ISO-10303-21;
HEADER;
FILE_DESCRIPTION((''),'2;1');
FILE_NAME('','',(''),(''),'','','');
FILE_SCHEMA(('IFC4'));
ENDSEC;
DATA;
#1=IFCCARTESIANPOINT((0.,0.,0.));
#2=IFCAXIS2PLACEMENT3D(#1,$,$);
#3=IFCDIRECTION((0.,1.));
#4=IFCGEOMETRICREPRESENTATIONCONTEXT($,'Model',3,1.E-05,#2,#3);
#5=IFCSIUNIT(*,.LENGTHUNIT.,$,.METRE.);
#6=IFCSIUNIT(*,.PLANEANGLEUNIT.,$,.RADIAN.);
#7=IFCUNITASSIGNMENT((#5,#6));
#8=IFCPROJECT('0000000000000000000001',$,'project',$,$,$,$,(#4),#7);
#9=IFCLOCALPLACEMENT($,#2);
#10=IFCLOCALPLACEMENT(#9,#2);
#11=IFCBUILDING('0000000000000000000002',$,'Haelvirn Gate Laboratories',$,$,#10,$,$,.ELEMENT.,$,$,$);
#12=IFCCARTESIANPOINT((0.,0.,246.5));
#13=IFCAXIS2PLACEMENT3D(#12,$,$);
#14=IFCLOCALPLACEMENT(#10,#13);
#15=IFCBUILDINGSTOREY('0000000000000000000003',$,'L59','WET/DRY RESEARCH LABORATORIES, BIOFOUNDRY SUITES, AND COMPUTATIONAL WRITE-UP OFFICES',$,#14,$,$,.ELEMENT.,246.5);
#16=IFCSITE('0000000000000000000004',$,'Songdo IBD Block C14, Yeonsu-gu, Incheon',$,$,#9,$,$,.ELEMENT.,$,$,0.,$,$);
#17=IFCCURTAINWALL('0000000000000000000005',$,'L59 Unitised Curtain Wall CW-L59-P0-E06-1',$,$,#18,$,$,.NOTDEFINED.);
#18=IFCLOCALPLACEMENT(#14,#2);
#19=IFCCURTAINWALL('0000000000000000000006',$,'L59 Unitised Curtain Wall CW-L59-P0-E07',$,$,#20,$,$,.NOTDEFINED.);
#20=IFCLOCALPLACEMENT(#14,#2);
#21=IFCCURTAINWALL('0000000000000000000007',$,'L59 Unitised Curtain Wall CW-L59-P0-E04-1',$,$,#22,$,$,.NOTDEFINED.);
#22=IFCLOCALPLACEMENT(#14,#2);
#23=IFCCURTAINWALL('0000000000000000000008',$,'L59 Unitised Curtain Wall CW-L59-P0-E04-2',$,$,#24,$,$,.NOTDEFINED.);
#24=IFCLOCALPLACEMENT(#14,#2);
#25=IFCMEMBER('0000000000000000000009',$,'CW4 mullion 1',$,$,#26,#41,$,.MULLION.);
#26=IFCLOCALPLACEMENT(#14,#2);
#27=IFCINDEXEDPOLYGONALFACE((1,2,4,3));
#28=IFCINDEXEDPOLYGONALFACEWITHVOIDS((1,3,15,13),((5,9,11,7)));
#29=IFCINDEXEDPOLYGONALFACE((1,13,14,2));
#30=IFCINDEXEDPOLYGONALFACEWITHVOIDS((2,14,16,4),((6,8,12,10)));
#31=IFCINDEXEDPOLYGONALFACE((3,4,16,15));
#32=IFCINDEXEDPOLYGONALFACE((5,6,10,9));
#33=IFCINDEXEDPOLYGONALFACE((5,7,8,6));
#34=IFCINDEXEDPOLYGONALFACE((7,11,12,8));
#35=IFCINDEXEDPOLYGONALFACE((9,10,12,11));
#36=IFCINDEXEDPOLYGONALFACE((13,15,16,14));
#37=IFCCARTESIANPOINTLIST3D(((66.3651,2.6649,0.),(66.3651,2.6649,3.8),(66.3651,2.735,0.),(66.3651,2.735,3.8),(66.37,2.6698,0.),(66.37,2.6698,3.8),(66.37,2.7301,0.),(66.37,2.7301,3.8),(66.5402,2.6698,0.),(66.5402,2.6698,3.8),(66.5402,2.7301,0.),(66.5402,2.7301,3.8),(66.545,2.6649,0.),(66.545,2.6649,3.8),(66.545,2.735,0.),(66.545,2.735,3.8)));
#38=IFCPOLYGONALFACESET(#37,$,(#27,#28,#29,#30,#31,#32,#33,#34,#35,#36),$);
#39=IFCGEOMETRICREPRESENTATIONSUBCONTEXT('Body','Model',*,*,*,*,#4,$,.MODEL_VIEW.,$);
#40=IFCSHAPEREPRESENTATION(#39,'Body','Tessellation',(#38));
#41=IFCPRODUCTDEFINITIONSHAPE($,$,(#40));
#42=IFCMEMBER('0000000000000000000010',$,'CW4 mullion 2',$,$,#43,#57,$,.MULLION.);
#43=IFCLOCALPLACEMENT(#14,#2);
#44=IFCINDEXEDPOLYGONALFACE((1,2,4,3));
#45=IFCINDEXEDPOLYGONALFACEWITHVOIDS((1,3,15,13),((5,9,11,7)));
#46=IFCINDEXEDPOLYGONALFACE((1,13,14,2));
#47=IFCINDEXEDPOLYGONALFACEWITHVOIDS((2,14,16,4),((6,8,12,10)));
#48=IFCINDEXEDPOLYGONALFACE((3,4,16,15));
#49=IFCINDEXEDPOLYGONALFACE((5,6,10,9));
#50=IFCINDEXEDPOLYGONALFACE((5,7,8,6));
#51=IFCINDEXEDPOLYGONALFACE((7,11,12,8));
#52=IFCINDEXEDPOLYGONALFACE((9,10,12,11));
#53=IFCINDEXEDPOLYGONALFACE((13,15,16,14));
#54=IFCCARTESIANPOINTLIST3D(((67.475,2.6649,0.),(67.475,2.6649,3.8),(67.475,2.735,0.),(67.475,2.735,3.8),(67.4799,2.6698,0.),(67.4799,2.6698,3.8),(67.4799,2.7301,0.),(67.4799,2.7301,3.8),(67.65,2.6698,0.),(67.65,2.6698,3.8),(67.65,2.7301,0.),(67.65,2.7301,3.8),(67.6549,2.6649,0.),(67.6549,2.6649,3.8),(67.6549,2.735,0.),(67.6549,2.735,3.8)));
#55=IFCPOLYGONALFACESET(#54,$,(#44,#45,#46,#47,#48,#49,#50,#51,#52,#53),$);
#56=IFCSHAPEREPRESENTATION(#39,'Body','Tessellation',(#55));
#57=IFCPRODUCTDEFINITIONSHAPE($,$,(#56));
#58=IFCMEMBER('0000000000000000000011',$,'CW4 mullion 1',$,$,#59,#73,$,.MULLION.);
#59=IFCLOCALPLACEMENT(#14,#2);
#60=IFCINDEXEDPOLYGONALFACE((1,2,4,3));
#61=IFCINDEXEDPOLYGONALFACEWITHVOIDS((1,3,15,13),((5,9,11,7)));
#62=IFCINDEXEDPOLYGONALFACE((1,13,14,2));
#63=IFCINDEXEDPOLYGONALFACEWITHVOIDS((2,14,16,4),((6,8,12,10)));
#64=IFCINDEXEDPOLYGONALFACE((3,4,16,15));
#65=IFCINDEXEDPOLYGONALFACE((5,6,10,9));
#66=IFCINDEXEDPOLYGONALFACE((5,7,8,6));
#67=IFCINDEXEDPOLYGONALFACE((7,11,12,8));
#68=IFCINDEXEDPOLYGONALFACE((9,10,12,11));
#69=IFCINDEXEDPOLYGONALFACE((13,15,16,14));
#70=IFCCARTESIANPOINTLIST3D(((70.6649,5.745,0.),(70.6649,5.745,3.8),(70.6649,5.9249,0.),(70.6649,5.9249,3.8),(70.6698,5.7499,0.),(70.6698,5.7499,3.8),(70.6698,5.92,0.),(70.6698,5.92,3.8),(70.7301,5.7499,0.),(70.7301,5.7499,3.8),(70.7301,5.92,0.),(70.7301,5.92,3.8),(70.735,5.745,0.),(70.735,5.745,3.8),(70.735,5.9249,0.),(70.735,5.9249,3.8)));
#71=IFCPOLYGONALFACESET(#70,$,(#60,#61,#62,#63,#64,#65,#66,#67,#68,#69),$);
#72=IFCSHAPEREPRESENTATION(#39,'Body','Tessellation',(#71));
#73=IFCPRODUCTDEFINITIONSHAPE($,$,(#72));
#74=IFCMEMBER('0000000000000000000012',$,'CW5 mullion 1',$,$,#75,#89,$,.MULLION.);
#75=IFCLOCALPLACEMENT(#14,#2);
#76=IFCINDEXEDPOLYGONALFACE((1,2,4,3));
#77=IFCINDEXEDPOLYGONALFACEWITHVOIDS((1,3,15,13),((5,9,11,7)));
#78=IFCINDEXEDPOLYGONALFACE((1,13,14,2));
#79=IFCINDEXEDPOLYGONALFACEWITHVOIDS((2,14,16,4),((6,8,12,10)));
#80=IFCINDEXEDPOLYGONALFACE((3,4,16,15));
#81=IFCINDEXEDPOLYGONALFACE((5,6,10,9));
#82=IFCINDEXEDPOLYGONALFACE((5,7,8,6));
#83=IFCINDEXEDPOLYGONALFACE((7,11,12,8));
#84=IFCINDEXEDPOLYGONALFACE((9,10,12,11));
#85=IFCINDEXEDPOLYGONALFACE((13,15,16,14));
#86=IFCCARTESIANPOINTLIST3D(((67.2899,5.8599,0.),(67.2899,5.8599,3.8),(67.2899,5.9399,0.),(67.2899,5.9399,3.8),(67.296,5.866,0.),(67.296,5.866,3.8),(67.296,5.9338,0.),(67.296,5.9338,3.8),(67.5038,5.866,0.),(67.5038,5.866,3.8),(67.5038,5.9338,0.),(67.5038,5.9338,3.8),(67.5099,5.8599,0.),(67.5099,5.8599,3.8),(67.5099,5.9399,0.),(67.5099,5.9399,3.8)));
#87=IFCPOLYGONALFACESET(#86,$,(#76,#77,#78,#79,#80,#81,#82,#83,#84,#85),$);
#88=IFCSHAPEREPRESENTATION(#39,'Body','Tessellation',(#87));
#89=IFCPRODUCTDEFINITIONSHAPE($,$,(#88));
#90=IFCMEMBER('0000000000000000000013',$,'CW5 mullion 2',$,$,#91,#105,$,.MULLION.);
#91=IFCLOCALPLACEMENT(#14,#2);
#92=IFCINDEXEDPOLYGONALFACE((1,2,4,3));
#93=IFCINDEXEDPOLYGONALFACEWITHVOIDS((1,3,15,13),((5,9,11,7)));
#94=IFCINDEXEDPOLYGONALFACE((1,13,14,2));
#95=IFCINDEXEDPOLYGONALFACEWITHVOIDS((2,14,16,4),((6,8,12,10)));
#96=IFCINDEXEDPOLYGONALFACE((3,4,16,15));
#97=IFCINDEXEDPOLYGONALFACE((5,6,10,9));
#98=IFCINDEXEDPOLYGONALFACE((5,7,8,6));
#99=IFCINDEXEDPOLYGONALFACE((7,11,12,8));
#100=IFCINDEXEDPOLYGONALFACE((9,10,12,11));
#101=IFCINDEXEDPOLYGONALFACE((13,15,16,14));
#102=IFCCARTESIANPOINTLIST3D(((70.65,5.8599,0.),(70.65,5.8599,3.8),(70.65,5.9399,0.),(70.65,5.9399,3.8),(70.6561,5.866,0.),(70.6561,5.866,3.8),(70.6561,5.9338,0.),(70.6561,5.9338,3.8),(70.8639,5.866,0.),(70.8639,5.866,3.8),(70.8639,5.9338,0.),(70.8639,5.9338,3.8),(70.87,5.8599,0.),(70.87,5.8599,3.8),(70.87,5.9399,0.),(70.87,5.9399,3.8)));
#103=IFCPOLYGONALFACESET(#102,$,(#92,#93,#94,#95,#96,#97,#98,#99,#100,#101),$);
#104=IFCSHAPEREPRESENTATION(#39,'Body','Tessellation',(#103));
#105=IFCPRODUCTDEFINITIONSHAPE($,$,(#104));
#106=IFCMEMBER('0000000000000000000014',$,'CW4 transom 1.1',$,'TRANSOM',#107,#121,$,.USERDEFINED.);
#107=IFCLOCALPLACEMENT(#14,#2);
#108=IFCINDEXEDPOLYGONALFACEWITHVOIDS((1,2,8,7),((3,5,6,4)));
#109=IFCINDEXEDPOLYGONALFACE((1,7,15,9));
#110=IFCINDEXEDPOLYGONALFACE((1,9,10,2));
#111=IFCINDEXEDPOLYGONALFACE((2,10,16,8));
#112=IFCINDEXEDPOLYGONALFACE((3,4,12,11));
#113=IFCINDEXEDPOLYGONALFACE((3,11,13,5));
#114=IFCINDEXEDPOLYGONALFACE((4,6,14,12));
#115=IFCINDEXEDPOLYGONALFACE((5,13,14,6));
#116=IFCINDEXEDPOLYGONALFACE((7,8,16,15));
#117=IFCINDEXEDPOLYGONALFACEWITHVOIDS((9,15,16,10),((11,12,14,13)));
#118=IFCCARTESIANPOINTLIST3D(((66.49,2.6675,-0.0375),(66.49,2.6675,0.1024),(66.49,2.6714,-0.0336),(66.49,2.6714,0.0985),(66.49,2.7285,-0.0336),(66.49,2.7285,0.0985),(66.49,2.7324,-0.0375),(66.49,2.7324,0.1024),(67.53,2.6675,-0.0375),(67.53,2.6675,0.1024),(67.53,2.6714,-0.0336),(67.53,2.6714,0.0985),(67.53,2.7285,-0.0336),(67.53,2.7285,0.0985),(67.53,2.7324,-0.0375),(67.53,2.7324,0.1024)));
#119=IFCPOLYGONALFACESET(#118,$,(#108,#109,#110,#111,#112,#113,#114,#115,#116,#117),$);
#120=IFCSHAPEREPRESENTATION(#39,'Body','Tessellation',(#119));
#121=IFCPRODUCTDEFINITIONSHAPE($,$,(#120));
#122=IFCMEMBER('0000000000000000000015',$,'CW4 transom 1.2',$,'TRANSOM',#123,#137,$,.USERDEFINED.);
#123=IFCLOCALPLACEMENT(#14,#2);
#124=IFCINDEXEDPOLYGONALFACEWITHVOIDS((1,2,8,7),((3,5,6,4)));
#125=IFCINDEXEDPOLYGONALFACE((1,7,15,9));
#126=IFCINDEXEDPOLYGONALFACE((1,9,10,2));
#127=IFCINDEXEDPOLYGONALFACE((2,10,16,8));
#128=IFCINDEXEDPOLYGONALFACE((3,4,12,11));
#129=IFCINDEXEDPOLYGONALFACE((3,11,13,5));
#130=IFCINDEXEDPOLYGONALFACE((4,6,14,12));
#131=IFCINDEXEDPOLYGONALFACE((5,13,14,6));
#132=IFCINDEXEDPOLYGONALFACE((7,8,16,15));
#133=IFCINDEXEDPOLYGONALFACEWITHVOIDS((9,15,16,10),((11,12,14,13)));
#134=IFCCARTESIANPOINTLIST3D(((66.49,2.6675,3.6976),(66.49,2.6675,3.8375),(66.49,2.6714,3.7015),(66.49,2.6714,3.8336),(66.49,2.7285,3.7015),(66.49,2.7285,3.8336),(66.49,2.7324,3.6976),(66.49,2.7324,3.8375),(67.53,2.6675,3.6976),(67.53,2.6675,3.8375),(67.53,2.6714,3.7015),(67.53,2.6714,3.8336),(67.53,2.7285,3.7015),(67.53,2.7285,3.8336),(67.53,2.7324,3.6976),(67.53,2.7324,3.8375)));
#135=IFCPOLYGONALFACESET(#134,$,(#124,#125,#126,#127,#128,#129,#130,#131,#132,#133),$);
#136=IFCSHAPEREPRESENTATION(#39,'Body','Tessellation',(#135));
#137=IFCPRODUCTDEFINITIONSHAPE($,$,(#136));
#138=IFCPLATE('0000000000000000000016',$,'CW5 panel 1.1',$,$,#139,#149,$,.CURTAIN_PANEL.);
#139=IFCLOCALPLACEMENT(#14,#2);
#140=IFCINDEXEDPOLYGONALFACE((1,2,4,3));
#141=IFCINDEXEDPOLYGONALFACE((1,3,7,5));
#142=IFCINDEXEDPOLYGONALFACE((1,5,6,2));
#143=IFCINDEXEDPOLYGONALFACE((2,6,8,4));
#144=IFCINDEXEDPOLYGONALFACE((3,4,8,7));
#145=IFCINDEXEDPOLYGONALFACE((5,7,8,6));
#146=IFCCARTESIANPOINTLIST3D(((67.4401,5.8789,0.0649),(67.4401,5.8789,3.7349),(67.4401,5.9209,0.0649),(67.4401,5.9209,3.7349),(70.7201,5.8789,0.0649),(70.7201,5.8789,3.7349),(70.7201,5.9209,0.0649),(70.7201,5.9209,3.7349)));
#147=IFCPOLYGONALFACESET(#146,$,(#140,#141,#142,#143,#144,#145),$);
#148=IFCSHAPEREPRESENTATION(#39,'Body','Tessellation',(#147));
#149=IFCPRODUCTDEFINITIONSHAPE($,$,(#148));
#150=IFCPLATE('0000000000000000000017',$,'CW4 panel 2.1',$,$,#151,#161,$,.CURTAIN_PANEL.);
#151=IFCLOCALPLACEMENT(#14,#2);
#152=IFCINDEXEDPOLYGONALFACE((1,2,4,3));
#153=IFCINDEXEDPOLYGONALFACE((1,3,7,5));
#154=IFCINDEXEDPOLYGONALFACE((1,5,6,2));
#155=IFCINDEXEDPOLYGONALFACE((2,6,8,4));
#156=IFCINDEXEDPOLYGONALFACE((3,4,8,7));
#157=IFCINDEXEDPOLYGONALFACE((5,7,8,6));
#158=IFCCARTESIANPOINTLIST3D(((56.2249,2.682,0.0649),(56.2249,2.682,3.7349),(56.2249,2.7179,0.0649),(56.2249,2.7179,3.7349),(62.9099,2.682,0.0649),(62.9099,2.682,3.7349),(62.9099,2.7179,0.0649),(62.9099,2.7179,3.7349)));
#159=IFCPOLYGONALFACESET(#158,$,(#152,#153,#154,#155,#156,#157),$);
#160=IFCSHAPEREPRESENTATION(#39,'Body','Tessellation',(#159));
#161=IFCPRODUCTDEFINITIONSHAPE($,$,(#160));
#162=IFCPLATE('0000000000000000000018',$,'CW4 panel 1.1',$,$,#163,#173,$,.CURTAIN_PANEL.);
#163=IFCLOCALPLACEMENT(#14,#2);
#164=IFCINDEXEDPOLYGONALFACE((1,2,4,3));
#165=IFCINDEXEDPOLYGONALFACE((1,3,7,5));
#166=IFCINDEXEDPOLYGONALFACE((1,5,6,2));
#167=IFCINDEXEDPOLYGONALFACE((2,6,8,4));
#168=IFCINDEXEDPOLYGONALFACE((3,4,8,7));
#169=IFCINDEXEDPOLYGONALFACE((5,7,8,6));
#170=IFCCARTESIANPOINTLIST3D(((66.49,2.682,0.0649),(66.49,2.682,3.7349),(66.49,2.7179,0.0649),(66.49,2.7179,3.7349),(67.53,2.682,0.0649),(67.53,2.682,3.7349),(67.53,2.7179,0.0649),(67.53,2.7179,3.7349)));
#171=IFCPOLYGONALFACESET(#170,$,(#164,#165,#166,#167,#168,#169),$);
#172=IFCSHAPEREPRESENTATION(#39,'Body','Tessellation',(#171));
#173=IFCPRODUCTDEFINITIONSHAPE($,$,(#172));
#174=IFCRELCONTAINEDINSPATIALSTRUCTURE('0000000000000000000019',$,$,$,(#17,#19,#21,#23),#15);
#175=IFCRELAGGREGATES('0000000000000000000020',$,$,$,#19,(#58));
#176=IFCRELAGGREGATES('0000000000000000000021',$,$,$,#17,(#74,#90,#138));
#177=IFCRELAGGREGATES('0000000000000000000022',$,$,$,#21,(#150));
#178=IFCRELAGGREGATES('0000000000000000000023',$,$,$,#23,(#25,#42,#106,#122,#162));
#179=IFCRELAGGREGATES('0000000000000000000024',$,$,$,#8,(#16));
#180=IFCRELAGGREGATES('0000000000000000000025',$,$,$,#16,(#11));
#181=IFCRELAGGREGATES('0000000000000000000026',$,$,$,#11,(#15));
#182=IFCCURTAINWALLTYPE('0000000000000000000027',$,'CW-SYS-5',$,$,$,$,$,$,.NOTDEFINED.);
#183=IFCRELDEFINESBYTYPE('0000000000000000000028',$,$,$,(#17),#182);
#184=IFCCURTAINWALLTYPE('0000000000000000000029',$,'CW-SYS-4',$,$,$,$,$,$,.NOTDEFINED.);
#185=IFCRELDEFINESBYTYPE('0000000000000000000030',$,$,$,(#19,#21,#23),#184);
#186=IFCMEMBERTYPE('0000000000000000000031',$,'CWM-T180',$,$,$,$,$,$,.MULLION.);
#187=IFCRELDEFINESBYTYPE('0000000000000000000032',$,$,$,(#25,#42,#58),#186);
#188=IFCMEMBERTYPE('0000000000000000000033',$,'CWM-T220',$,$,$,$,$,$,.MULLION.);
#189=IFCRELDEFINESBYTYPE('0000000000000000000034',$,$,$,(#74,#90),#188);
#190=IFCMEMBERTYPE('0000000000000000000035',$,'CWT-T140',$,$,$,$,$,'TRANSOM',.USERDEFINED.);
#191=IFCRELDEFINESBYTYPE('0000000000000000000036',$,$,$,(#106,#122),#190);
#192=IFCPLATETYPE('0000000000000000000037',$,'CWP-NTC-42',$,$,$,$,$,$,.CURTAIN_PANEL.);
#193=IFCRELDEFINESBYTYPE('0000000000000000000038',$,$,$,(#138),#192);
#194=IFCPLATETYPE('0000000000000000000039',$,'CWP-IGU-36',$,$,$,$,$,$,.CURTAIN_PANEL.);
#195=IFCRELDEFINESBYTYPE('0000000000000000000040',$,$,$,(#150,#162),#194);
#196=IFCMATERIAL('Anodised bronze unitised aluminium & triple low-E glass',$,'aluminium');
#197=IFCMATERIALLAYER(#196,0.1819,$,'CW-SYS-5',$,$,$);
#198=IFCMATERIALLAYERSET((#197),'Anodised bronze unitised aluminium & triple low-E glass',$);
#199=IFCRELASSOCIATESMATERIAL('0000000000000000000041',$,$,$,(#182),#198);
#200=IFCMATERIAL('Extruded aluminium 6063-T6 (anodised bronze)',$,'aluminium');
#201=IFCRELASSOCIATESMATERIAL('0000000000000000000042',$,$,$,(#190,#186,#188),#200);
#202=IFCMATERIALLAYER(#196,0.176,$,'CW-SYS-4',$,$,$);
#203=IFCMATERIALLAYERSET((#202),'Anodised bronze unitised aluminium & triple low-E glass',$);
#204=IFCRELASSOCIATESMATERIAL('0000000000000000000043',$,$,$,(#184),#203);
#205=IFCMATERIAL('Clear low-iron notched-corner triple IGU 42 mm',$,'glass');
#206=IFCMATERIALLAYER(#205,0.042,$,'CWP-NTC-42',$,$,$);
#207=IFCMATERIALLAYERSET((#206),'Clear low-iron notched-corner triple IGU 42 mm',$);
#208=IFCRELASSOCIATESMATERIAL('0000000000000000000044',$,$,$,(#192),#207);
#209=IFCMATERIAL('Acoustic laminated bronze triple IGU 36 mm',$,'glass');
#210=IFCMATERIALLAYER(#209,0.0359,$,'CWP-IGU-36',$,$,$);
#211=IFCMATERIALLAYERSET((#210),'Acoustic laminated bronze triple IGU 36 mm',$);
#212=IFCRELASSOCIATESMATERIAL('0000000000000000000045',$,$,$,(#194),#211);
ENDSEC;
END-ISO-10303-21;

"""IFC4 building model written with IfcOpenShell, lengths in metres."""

from ifc_helpers import new_model, si_unit, direction, frame, origin, origin_2d, place, context, subcontext, project, spatial, rectangle, hollow_rectangle, extrude, source, transform, mapped, material, layer, layer_set, material_profile, profile_set, type_object, type_shapes, element, aggregate, save


model = new_model("IFC4")

# Units and contexts
model_context = context("Model", 3, precision=1e-05, world=origin(), true_north=direction((0.0, 1.0)))
body_context = subcontext(model_context, "Body", "Model", "MODEL_VIEW")
ifc_project = project(units=[si_unit("LENGTHUNIT", "METRE"), si_unit("PLANEANGLEUNIT", "RADIAN")], contexts=[model_context])

# Site, building, storey
site_placement = place(None, origin())
site = spatial("IfcSite", under=ifc_project, at=site_placement, Name="Songdo IBD Block C14, Yeonsu-gu, Incheon", CompositionType="ELEMENT", RefElevation=0.0)
building_placement = place(site_placement, origin())
building = spatial("IfcBuilding", under=site, at=building_placement, Name="Haelvirn Gate Laboratories", CompositionType="ELEMENT")
storey_placement = place(building_placement, frame((0.0, 0.0, 246.5)))
storey = spatial("IfcBuildingStorey", under=building, at=storey_placement, Name="L59", Description="WET/DRY RESEARCH LABORATORIES, BIOFOUNDRY SUITES, AND COMPUTATIONAL WRITE-UP OFFICES", CompositionType="ELEMENT", Elevation=246.5)

# Curtain walls
ifc_material_1 = material(Name="Anodised bronze unitised aluminium & triple low-E glass", Category="aluminium")
ifc_layer_1 = layer(ifc_material_1, 0.1819, Name="CW-SYS-5")
ifc_layer_set_1 = layer_set([ifc_layer_1], Name="Anodised bronze unitised aluminium & triple low-E glass")
curtain_wall_type_1 = type_object("IfcCurtainWallType", Name="CW-SYS-5", PredefinedType="NOTDEFINED", material=ifc_layer_set_1)
curtain_wall_1_placement = place(storey_placement, origin())
curtain_wall_1 = element("IfcCurtainWall", 1, at=curtain_wall_1_placement, inside=storey, type_object=curtain_wall_type_1, Name="L59 Unitised Curtain Wall CW-L59-P0-E06-1", PredefinedType="NOTDEFINED")
ifc_material_2 = material(Name="Extruded aluminium 6063-T6 (anodised bronze)", Category="aluminium")
ifc_material_profile_1 = material_profile(ifc_material_2, hollow_rectangle(XDim=0.0649, YDim=0.1399, WallThickness=0.0039, at=origin_2d()), Name="CWT-140x65x4")
ifc_profile_set_1 = profile_set([ifc_material_profile_1], Name="Extruded aluminium 6063-T6 (anodised bronze)")
member_type_1 = type_object("IfcMemberType", Name="CWT-T140", ElementType="TRANSOM", PredefinedType="USERDEFINED", material=ifc_profile_set_1)
ifc_layer_2 = layer(ifc_material_1, 0.176, Name="CW-SYS-4")
ifc_layer_set_2 = layer_set([ifc_layer_2], Name="Anodised bronze unitised aluminium & triple low-E glass")
curtain_wall_type_2 = type_object("IfcCurtainWallType", Name="CW-SYS-4", PredefinedType="NOTDEFINED", material=ifc_layer_set_2)
curtain_wall_2_placement = place(storey_placement, origin())
curtain_wall_2 = element("IfcCurtainWall", 2, at=curtain_wall_2_placement, inside=storey, type_object=curtain_wall_type_2, Name="L59 Unitised Curtain Wall CW-L59-P0-E07", PredefinedType="NOTDEFINED")

# Curtain wall
curtain_wall_3_placement = place(storey_placement, origin())
curtain_wall_3 = element("IfcCurtainWall", 3, at=curtain_wall_3_placement, inside=storey, type_object=curtain_wall_type_2, Name="L59 Unitised Curtain Wall CW-L59-P0-E04-1", PredefinedType="NOTDEFINED")
ifc_material_profile_2 = material_profile(ifc_material_2, hollow_rectangle(XDim=0.0701, YDim=0.1799, WallThickness=0.0049, at=origin_2d()), Name="CWM-180x70x5")
ifc_profile_set_2 = profile_set([ifc_material_profile_2], Name="Extruded aluminium 6063-T6 (anodised bronze)")
member_type_2 = type_object("IfcMemberType", Name="CWM-T180", PredefinedType="MULLION", material=ifc_profile_set_2)
shared_shape_1 = source(origin(), body_context, "Body", "SweptSolid", [
    extrude(hollow_rectangle(XDim=0.0701, YDim=0.1799, WallThickness=0.0049, at=origin_2d()), origin(), (0.0, 0.0, 1.0), 3.8),
])
type_shapes(member_type_2, [shared_shape_1])

# Curtain wall, members
curtain_wall_4_placement = place(storey_placement, origin())
curtain_wall_4 = element("IfcCurtainWall", 4, at=curtain_wall_4_placement, inside=storey, type_object=curtain_wall_type_2, Name="L59 Unitised Curtain Wall CW-L59-P0-E04-2", PredefinedType="NOTDEFINED")
member_1_placement = place(storey_placement, frame((66.4551, 2.7, 0.0), z_axis=(0.0, 0.0, 1.0), x_axis=(0.0, 1.0, 0.0)))
member_1 = element("IfcMember", 5, at=member_1_placement, type_object=member_type_2, Name="CW4 mullion 1", PredefinedType="MULLION", context=body_context, shape_type="MappedRepresentation", body=[
    mapped(shared_shape_1, transform((0.0, 0.0, 0.0), scale=1.0)),
])
member_2_placement = place(storey_placement, frame((67.5649, 2.7, 0.0), z_axis=(0.0, 0.0, 1.0), x_axis=(0.0, 1.0, 0.0)))
member_2 = element("IfcMember", 6, at=member_2_placement, type_object=member_type_2, Name="CW4 mullion 2", PredefinedType="MULLION", context=body_context, shape_type="MappedRepresentation", body=[
    mapped(shared_shape_1, transform((0.0, 0.0, 0.0), scale=1.0)),
])

# Members
member_3_placement = place(storey_placement, frame((70.7, 5.835, 0.0), z_axis=(0.0, 0.0, 1.0), x_axis=(-1.0, 0.0, 0.0)))
member_3 = element("IfcMember", 7, at=member_3_placement, type_object=member_type_2, Name="CW4 mullion 1", PredefinedType="MULLION", context=body_context, shape_type="MappedRepresentation", body=[
    mapped(shared_shape_1, transform((0.0, 0.0, 0.0), scale=1.0)),
])
aggregate(curtain_wall_2, [member_3])
ifc_material_profile_3 = material_profile(ifc_material_2, hollow_rectangle(XDim=0.0801, YDim=0.22, WallThickness=0.0061, at=origin_2d()), Name="CWM-220x80x6")
ifc_profile_set_3 = profile_set([ifc_material_profile_3], Name="Extruded aluminium 6063-T6 (anodised bronze)")
member_type_3 = type_object("IfcMemberType", Name="CWM-T220", PredefinedType="MULLION", material=ifc_profile_set_3)
shared_shape_2 = source(origin(), body_context, "Body", "SweptSolid", [
    extrude(hollow_rectangle(XDim=0.0801, YDim=0.22, WallThickness=0.0061, at=origin_2d()), origin(), (0.0, 0.0, 1.0), 3.8),
])
type_shapes(member_type_3, [shared_shape_2])
member_4_placement = place(storey_placement, frame((67.3999, 5.8999, 0.0), z_axis=(0.0, 0.0, 1.0), x_axis=(0.0, 1.0, 0.0)))
member_4 = element("IfcMember", 8, at=member_4_placement, type_object=member_type_3, Name="CW5 mullion 1", PredefinedType="MULLION", context=body_context, shape_type="MappedRepresentation", body=[
    mapped(shared_shape_2, transform((0.0, 0.0, 0.0), scale=1.0)),
])
member_5_placement = place(storey_placement, frame((70.76, 5.8999, 0.0), z_axis=(0.0, 0.0, 1.0), x_axis=(0.0, 1.0, 0.0)))
member_5 = element("IfcMember", 9, at=member_5_placement, type_object=member_type_3, Name="CW5 mullion 2", PredefinedType="MULLION", context=body_context, shape_type="MappedRepresentation", body=[
    mapped(shared_shape_2, transform((0.0, 0.0, 0.0), scale=1.0)),
])
shared_shape_3 = source(origin(), body_context, "Body", "SweptSolid", [
    extrude(hollow_rectangle(XDim=0.0649, YDim=0.1399, WallThickness=0.0039, at=origin_2d()), origin(), (0.0, 0.0, 1.0), 1.04),
])
member_6_placement = place(storey_placement, frame((66.49, 2.7, 0.0325), z_axis=(1.0, 0.0, 0.0), x_axis=(0.0, 1.0, 0.0)))
member_6 = element("IfcMember", 10, at=member_6_placement, type_object=member_type_1, Name="CW4 transom 1.1", ObjectType="TRANSOM", PredefinedType="USERDEFINED", context=body_context, shape_type="MappedRepresentation", body=[
    mapped(shared_shape_3, transform((0.0, 0.0, 0.0), scale=1.0)),
])
member_7_placement = place(storey_placement, frame((66.49, 2.7, 3.7676), z_axis=(1.0, 0.0, 0.0), x_axis=(0.0, 1.0, 0.0)))
member_7 = element("IfcMember", 11, at=member_7_placement, type_object=member_type_1, Name="CW4 transom 1.2", ObjectType="TRANSOM", PredefinedType="USERDEFINED", context=body_context, shape_type="MappedRepresentation", body=[
    mapped(shared_shape_3, transform((0.0, 0.0, 0.0), scale=1.0)),
])

# Plates
ifc_material_3 = material(Name="Clear low-iron notched-corner triple IGU 42 mm", Category="glass")
ifc_layer_3 = layer(ifc_material_3, 0.042, Name="CWP-NTC-42")
ifc_layer_set_3 = layer_set([ifc_layer_3], Name="Clear low-iron notched-corner triple IGU 42 mm")
plate_type_1 = type_object("IfcPlateType", Name="CWP-NTC-42", PredefinedType="CURTAIN_PANEL", material=ifc_layer_set_3)
shared_shape_4 = source(origin(), body_context, "Body", "SweptSolid", [
    extrude(rectangle(XDim=3.28, YDim=0.042, at=origin_2d()), origin(), (0.0, 0.0, 1.0), 3.6699),
])
type_shapes(plate_type_1, [shared_shape_4])
plate_1_placement = place(storey_placement, frame((69.0801, 5.8999, 0.0649), z_axis=(0.0, 0.0, 1.0), x_axis=(1.0, 0.0, 0.0)))
plate_1 = element("IfcPlate", 12, at=plate_1_placement, type_object=plate_type_1, Name="CW5 panel 1.1", PredefinedType="CURTAIN_PANEL", context=body_context, shape_type="MappedRepresentation", body=[
    mapped(shared_shape_4, transform((0.0, 0.0, 0.0), scale=1.0)),
])
aggregate(curtain_wall_1, [member_4, member_5, plate_1])
ifc_material_4 = material(Name="Acoustic laminated bronze triple IGU 36 mm", Category="glass")
ifc_layer_4 = layer(ifc_material_4, 0.0359, Name="CWP-IGU-36")
ifc_layer_set_4 = layer_set([ifc_layer_4], Name="Acoustic laminated bronze triple IGU 36 mm")
plate_type_2 = type_object("IfcPlateType", Name="CWP-IGU-36", PredefinedType="CURTAIN_PANEL", material=ifc_layer_set_4)
shared_shape_5 = source(origin(), body_context, "Body", "SweptSolid", [
    extrude(rectangle(XDim=6.6851, YDim=0.0359, at=origin_2d()), origin(), (0.0, 0.0, 1.0), 3.6699),
])
plate_2_placement = place(storey_placement, frame((59.5674, 2.7, 0.0649), z_axis=(0.0, 0.0, 1.0), x_axis=(1.0, 0.0, 0.0)))
plate_2 = element("IfcPlate", 13, at=plate_2_placement, type_object=plate_type_2, Name="CW4 panel 2.1", PredefinedType="CURTAIN_PANEL", context=body_context, shape_type="MappedRepresentation", body=[
    mapped(shared_shape_5, transform((0.0, 0.0, 0.0), scale=1.0)),
])
aggregate(curtain_wall_3, [plate_2])
shared_shape_6 = source(origin(), body_context, "Body", "SweptSolid", [
    extrude(rectangle(XDim=1.04, YDim=0.0359, at=origin_2d()), origin(), (0.0, 0.0, 1.0), 3.6699),
])
type_shapes(plate_type_2, [shared_shape_5, shared_shape_6])
plate_3_placement = place(storey_placement, frame((67.01, 2.7, 0.0649), z_axis=(0.0, 0.0, 1.0), x_axis=(1.0, 0.0, 0.0)))
plate_3 = element("IfcPlate", 14, at=plate_3_placement, type_object=plate_type_2, Name="CW4 panel 1.1", PredefinedType="CURTAIN_PANEL", context=body_context, shape_type="MappedRepresentation", body=[
    mapped(shared_shape_6, transform((0.0, 0.0, 0.0), scale=1.0)),
])
aggregate(curtain_wall_4, [member_1, member_2, member_6, member_7, plate_3])

save(model, "model.ifc")
